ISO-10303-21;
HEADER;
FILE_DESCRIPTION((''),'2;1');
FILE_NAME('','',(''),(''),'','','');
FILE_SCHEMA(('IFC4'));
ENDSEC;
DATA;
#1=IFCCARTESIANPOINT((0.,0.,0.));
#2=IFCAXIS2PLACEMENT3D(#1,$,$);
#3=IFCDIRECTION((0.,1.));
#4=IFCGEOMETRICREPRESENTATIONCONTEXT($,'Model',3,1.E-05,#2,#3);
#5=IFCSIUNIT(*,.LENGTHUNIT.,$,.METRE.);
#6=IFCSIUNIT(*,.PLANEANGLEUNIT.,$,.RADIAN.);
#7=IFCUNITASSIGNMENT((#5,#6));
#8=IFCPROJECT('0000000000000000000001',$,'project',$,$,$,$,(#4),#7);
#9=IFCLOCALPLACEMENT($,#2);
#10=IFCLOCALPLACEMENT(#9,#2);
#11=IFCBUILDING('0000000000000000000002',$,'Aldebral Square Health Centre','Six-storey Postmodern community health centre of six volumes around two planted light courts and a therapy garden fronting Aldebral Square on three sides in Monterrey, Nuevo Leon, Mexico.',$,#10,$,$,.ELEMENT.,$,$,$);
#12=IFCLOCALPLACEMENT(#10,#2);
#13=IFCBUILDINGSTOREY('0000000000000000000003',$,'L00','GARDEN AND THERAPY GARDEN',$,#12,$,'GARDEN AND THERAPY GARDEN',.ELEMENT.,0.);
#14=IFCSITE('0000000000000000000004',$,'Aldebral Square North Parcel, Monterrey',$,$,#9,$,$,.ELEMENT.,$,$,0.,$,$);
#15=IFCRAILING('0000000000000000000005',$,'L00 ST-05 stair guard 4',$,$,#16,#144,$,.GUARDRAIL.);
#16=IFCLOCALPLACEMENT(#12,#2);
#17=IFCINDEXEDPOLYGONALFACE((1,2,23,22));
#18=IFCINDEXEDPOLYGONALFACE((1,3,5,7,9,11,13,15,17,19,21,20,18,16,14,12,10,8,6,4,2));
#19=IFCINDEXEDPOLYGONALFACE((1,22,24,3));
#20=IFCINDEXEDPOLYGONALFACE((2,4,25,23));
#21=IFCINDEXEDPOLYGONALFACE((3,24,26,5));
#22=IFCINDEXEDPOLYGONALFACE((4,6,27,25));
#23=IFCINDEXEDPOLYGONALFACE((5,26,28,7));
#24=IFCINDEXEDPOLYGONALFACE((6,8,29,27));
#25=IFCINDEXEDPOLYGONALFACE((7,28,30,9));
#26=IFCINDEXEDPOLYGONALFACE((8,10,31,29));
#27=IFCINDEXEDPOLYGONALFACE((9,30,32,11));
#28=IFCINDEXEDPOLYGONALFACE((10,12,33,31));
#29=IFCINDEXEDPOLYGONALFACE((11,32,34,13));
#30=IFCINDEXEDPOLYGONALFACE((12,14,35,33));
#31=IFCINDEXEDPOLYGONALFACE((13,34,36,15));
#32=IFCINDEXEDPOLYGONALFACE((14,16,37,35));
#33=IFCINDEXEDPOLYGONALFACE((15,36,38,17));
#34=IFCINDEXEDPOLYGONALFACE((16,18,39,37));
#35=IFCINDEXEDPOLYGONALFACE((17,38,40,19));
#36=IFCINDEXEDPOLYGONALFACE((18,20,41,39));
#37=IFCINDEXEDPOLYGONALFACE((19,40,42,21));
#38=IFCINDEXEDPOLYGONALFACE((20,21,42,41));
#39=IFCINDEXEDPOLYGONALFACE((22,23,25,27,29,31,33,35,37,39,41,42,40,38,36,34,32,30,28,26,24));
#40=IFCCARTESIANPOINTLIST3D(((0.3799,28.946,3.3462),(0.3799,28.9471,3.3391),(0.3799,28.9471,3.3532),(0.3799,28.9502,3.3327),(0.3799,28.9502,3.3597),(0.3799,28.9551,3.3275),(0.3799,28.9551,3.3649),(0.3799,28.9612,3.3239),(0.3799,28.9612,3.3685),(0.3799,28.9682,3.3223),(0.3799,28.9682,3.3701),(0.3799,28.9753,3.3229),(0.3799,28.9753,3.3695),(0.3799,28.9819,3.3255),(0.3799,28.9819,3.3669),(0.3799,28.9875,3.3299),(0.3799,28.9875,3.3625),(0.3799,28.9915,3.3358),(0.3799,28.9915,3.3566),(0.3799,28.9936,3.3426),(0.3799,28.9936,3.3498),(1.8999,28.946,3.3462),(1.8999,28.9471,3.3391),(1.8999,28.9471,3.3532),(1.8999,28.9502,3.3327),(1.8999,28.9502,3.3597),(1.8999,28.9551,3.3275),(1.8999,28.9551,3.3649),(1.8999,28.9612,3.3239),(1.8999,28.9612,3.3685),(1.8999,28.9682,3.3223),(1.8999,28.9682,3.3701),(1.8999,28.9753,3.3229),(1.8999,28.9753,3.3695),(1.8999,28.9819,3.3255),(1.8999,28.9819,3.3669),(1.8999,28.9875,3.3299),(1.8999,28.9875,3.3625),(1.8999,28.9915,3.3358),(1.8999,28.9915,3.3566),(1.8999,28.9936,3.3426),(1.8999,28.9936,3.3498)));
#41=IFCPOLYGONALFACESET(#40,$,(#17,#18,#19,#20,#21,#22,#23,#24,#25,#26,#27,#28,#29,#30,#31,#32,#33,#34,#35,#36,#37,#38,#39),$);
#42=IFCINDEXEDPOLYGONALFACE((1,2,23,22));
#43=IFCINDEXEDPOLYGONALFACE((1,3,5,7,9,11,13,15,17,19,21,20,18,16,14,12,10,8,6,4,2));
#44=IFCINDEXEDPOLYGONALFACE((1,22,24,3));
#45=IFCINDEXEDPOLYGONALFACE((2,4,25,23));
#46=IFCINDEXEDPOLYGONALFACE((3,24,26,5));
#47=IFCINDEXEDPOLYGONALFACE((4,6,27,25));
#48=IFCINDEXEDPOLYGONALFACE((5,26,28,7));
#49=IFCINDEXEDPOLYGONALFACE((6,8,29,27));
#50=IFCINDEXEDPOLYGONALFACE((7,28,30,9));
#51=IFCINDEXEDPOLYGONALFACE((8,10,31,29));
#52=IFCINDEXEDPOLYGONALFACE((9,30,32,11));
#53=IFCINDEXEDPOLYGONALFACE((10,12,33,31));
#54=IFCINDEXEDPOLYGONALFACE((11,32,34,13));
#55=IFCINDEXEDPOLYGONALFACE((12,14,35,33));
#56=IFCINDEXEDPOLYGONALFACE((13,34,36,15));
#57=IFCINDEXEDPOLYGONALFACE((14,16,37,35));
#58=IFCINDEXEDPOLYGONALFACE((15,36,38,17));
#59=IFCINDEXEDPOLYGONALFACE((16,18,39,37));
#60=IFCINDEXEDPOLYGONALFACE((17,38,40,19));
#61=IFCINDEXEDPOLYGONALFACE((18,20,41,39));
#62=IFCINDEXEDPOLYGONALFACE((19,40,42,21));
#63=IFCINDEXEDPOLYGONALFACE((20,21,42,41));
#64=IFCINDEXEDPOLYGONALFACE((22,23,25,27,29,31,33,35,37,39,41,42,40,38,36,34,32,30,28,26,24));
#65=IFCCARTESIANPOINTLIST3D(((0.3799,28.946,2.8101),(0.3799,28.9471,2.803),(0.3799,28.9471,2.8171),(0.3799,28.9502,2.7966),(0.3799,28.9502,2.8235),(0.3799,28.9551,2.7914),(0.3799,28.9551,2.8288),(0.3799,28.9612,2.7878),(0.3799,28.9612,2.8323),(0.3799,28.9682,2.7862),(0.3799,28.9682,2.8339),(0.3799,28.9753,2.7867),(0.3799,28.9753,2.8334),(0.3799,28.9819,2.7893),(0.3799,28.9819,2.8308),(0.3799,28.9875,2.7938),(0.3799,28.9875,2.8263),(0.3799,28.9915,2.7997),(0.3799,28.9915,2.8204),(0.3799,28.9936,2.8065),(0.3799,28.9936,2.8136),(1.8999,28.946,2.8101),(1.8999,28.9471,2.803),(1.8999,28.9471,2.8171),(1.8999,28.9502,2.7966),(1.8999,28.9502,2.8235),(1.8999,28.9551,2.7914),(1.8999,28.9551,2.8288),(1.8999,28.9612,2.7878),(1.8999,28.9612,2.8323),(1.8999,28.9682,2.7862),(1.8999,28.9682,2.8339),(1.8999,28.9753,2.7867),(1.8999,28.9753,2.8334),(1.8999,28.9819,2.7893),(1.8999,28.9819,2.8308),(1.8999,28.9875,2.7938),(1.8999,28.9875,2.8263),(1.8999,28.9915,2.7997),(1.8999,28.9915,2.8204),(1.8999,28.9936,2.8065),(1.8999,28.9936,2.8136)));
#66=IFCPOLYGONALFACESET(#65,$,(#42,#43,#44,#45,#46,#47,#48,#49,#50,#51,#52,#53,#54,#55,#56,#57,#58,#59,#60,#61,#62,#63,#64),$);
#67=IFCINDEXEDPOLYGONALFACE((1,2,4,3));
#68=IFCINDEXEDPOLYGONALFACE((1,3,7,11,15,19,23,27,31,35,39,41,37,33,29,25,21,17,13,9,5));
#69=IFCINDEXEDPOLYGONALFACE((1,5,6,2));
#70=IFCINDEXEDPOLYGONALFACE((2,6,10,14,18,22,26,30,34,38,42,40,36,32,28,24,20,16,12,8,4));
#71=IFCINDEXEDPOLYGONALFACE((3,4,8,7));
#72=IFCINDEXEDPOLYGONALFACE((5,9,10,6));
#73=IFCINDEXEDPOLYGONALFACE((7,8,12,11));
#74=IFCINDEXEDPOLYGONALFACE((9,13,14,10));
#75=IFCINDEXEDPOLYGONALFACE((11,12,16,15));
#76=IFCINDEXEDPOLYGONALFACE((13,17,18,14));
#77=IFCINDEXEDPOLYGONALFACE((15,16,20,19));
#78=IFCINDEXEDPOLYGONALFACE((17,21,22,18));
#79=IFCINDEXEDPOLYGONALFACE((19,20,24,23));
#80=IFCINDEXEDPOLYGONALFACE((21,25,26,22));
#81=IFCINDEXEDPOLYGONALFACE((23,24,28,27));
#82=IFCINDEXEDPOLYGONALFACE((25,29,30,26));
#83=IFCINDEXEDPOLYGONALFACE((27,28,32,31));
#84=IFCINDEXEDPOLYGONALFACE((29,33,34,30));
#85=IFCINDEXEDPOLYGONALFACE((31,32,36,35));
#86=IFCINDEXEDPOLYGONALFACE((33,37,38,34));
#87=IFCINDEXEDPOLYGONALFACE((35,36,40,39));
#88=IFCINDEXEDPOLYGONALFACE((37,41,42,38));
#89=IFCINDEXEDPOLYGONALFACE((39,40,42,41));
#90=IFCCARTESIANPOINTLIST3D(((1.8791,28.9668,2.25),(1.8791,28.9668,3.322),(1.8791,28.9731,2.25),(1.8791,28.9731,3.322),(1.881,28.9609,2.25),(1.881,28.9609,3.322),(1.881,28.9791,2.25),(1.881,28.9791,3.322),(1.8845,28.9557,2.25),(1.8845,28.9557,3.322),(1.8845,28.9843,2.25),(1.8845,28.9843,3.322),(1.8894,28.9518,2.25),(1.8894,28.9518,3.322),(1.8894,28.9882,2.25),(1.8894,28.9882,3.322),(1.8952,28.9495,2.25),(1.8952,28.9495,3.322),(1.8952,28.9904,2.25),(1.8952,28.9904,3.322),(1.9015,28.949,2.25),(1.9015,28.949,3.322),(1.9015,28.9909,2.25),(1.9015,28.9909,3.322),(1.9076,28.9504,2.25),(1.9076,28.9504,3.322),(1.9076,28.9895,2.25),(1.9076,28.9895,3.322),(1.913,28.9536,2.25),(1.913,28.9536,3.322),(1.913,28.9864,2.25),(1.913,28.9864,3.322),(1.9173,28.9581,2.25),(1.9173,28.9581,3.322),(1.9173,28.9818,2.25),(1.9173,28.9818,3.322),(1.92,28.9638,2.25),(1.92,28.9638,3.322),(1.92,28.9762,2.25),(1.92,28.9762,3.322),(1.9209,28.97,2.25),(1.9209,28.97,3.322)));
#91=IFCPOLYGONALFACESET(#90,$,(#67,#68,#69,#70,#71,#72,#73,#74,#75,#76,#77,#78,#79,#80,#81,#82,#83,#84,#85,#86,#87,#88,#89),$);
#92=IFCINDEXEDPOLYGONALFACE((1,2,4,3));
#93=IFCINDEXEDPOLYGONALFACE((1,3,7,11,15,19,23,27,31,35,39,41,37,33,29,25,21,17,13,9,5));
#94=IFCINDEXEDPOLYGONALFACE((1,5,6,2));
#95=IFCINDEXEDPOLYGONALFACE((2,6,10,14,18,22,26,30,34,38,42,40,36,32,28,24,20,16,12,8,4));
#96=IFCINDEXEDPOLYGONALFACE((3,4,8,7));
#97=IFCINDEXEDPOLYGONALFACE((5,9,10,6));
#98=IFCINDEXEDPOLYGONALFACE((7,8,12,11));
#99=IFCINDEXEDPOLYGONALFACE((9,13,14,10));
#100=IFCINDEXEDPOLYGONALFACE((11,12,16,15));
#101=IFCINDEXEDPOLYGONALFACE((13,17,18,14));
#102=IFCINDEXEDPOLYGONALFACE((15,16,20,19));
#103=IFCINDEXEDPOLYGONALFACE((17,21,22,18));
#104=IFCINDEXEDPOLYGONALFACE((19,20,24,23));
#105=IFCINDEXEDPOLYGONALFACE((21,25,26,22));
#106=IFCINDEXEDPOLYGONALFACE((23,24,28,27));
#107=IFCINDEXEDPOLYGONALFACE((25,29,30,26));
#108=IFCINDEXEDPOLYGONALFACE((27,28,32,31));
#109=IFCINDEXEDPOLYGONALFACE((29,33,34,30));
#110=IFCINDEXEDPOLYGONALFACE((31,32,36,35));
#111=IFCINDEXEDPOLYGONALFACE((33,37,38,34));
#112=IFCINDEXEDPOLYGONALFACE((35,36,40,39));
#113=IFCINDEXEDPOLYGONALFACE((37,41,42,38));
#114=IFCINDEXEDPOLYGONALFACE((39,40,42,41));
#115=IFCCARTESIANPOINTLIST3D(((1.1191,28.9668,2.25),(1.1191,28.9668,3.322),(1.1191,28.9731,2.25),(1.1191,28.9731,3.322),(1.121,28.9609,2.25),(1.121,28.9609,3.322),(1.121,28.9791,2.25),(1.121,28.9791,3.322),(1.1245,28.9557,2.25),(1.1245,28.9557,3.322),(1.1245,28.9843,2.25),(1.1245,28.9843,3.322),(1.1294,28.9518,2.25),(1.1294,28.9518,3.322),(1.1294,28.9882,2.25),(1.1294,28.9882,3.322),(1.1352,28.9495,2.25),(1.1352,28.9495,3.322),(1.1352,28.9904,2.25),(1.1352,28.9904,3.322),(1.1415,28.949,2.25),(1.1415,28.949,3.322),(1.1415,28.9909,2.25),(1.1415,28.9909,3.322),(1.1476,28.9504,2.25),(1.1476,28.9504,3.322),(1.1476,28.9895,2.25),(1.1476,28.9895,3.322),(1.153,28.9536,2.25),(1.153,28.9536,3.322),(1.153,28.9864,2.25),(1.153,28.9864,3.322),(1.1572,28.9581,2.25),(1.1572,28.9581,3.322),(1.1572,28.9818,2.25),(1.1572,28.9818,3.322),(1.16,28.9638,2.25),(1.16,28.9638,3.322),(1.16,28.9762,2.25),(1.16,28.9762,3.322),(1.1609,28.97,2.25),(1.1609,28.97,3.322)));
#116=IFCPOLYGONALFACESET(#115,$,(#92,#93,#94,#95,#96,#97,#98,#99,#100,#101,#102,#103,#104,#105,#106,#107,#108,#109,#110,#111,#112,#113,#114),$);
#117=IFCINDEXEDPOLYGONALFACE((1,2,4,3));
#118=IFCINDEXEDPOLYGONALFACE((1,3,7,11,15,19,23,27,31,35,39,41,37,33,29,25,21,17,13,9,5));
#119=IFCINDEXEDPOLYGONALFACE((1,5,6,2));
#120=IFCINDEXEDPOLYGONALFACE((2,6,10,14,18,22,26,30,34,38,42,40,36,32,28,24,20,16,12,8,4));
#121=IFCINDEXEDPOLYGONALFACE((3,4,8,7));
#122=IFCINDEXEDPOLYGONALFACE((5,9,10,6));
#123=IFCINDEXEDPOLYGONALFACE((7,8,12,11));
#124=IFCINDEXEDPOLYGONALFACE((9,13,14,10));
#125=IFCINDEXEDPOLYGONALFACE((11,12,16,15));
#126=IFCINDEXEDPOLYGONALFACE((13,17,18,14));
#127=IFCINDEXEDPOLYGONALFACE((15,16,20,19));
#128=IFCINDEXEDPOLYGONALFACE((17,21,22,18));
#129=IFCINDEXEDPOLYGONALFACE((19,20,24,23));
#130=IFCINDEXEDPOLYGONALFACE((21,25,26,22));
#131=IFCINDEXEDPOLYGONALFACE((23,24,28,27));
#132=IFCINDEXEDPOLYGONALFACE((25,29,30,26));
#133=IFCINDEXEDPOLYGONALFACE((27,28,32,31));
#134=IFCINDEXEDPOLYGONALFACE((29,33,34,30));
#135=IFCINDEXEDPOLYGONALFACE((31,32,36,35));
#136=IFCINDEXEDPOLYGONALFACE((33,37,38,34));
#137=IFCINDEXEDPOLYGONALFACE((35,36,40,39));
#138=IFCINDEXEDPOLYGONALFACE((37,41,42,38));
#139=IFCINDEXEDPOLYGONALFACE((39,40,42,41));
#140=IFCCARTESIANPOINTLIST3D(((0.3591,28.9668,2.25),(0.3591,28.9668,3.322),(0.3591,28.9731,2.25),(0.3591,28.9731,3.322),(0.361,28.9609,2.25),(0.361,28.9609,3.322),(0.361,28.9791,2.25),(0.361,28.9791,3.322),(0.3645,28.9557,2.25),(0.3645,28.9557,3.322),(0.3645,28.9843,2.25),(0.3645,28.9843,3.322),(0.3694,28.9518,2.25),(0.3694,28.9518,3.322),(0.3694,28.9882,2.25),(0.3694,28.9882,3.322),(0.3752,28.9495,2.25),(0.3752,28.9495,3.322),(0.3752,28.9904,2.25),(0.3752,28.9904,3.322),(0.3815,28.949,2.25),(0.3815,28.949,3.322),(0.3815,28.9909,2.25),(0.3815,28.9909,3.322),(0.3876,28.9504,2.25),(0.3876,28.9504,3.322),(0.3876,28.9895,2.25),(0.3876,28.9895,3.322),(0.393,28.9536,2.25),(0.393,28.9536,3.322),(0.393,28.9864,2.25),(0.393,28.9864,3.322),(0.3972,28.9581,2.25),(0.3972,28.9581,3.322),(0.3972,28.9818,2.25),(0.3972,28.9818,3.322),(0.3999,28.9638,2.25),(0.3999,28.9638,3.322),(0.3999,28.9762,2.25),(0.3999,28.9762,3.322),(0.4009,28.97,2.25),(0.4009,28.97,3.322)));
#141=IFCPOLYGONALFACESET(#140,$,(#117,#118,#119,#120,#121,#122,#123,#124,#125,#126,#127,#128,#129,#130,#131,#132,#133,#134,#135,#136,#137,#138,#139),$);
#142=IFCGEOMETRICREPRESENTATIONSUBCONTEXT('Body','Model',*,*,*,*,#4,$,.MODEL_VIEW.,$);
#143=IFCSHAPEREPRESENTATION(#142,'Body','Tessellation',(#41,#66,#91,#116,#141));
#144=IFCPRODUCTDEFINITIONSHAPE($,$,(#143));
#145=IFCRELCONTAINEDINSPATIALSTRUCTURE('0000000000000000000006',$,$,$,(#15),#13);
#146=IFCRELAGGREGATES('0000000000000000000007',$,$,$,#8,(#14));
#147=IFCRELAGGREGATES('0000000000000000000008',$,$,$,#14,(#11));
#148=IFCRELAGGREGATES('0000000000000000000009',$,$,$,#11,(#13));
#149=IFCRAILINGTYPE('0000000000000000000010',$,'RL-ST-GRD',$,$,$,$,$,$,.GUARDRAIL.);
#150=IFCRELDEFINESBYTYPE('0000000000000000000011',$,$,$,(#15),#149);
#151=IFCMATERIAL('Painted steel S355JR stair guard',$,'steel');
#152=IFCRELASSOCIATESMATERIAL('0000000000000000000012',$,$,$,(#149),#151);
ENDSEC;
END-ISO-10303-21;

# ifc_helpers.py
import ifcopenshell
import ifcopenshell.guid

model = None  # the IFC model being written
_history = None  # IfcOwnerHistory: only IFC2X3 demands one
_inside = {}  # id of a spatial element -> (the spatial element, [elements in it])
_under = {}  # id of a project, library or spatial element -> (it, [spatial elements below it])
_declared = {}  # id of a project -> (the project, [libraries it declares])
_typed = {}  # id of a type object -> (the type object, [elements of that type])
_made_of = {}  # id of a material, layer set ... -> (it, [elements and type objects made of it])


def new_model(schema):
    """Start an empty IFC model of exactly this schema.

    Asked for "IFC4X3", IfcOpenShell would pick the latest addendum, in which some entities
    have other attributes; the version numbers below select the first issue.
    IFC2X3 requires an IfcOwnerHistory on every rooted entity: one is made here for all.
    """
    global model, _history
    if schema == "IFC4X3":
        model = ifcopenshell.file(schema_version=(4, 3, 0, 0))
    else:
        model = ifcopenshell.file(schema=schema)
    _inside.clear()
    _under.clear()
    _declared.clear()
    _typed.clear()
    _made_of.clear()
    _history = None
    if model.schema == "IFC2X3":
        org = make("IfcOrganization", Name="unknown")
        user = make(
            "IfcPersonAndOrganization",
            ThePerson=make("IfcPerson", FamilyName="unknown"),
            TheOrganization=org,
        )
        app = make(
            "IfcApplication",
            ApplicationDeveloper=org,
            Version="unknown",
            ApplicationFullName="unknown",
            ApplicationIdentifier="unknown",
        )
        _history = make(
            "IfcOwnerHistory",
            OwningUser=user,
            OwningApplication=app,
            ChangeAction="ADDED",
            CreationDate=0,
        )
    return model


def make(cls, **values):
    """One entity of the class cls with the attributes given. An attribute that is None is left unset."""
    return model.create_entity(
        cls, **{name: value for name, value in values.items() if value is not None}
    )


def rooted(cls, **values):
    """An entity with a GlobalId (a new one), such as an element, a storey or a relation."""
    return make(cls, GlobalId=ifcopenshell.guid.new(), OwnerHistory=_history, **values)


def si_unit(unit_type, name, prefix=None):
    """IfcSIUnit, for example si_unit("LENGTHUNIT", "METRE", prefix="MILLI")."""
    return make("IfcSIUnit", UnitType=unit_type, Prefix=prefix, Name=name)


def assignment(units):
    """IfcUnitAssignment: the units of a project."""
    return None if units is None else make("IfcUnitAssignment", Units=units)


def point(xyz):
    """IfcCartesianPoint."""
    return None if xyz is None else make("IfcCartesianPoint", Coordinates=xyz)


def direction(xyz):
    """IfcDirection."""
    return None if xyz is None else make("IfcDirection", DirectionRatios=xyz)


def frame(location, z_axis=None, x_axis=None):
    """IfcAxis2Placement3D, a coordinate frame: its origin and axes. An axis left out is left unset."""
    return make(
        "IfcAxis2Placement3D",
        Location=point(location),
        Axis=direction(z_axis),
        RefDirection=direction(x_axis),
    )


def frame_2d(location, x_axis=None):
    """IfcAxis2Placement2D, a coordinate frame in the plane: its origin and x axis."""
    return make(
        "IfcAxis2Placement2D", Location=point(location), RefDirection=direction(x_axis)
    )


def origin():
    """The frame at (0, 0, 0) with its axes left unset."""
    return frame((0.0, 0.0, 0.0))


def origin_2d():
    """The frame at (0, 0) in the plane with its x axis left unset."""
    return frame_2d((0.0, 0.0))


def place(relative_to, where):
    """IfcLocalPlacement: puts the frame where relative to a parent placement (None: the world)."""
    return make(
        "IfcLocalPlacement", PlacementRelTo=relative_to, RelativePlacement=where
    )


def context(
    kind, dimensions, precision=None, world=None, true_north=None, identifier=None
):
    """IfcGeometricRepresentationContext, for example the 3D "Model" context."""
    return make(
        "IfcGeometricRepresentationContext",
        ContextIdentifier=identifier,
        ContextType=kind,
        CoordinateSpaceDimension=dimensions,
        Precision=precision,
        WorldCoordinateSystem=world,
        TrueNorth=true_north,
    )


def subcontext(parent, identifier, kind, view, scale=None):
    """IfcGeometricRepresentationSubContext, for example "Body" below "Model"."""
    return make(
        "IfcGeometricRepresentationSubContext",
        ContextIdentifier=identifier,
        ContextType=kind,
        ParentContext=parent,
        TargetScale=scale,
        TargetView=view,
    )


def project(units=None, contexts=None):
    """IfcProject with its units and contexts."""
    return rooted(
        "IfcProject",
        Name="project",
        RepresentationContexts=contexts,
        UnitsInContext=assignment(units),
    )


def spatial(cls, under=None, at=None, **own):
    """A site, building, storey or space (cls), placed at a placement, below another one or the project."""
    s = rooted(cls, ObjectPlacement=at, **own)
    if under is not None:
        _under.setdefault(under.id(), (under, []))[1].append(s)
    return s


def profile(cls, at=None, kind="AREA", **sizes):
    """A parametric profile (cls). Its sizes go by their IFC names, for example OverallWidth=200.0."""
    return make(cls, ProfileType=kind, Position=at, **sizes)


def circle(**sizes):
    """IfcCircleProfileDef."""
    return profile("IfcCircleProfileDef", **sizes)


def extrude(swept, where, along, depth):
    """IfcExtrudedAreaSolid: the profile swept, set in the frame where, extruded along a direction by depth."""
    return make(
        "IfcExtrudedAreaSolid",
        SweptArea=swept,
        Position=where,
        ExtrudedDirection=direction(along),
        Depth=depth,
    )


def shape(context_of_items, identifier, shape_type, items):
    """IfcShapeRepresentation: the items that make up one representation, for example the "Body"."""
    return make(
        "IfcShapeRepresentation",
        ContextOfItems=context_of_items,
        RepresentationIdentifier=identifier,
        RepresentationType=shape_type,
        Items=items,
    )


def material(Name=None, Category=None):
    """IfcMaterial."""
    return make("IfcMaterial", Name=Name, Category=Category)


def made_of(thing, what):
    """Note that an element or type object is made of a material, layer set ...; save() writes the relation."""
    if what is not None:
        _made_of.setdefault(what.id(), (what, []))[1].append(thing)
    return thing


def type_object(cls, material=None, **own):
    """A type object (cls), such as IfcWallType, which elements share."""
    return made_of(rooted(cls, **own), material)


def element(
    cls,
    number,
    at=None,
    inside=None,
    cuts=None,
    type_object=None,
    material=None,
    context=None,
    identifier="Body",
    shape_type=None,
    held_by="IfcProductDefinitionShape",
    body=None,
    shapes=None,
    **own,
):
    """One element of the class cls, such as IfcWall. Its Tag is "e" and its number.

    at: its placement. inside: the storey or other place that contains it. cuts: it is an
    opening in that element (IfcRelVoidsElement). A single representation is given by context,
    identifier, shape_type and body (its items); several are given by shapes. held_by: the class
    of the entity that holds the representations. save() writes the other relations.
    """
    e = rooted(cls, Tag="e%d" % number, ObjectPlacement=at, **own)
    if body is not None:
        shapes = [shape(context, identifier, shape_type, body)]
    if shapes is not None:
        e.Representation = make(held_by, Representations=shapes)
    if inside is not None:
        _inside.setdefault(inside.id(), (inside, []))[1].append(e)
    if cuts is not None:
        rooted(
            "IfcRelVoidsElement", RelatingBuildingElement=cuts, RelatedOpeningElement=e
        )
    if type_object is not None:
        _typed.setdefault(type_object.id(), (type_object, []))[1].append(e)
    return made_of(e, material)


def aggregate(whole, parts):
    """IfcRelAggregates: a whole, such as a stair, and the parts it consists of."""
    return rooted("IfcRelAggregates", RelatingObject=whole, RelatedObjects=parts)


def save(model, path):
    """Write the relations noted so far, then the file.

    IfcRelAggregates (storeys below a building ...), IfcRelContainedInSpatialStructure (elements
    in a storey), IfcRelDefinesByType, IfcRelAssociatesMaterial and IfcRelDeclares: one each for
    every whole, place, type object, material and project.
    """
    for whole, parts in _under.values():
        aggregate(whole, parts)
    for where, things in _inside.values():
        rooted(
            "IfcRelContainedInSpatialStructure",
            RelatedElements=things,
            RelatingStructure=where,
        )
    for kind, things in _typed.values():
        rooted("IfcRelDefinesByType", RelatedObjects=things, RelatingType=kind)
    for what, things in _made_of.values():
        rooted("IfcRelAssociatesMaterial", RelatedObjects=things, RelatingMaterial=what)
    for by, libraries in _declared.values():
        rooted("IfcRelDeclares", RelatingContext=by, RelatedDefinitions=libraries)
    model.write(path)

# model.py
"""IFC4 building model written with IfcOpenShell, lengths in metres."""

from ifc_helpers import new_model, si_unit, direction, frame, origin, origin_2d, place, context, subcontext, project, spatial, circle, extrude, material, type_object, element, save


model = new_model("IFC4")

# Units and contexts
model_context = context("Model", 3, precision=1e-05, world=origin(), true_north=direction((0.0, 1.0)))
body_context = subcontext(model_context, "Body", "Model", "MODEL_VIEW")
ifc_project = project(units=[si_unit("LENGTHUNIT", "METRE"), si_unit("PLANEANGLEUNIT", "RADIAN")], contexts=[model_context])

# Site, building, storey
site_placement = place(None, origin())
site = spatial("IfcSite", under=ifc_project, at=site_placement, Name="Aldebral Square North Parcel, Monterrey", CompositionType="ELEMENT", RefElevation=0.0)
building_placement = place(site_placement, origin())
building = spatial("IfcBuilding", under=site, at=building_placement, Name="Aldebral Square Health Centre", Description="Six-storey Postmodern community health centre of six volumes around two planted light courts and a therapy garden fronting Aldebral Square on three sides in Monterrey, Nuevo Leon, Mexico.", CompositionType="ELEMENT")
storey_placement = place(building_placement, origin())
storey = spatial("IfcBuildingStorey", under=building, at=storey_placement, Name="L00", Description="GARDEN AND THERAPY GARDEN", LongName="GARDEN AND THERAPY GARDEN", CompositionType="ELEMENT", Elevation=0.0)

# Railing
ifc_material_1 = material(Name="Painted steel S355JR stair guard", Category="steel")
railing_type_1 = type_object("IfcRailingType", Name="RL-ST-GRD", PredefinedType="GUARDRAIL", material=ifc_material_1)
railing_1_placement = place(storey_placement, frame((1.8999, 28.97, 2.25)))
element("IfcRailing", 1, at=railing_1_placement, inside=storey, type_object=railing_type_1, Name="L00 ST-05 stair guard 4", PredefinedType="GUARDRAIL", context=body_context, shape_type="SweptSolid", body=[
    extrude(circle(Radius=0.0239, at=origin_2d()), frame((0.0, 0.0, 1.0962), z_axis=(-1.0, 0.0, 0.0), x_axis=(0.0, -1.0, 0.0)), (0.0, 0.0, 1.0), 1.52),
    extrude(circle(Radius=0.0239, at=origin_2d()), frame((0.0, 0.0, 0.5601), z_axis=(-1.0, 0.0, 0.0), x_axis=(0.0, -1.0, 0.0)), (0.0, 0.0, 1.0), 1.52),
    extrude(circle(Radius=0.021, at=origin_2d()), origin(), (0.0, 0.0, 1.0), 1.072),
    extrude(circle(Radius=0.021, at=origin_2d()), frame((-0.76, 0.0, 0.0)), (0.0, 0.0, 1.0), 1.072),
    extrude(circle(Radius=0.021, at=origin_2d()), frame((-1.52, 0.0, 0.0)), (0.0, 0.0, 1.0), 1.072),
])

save(model, "model.ifc")
